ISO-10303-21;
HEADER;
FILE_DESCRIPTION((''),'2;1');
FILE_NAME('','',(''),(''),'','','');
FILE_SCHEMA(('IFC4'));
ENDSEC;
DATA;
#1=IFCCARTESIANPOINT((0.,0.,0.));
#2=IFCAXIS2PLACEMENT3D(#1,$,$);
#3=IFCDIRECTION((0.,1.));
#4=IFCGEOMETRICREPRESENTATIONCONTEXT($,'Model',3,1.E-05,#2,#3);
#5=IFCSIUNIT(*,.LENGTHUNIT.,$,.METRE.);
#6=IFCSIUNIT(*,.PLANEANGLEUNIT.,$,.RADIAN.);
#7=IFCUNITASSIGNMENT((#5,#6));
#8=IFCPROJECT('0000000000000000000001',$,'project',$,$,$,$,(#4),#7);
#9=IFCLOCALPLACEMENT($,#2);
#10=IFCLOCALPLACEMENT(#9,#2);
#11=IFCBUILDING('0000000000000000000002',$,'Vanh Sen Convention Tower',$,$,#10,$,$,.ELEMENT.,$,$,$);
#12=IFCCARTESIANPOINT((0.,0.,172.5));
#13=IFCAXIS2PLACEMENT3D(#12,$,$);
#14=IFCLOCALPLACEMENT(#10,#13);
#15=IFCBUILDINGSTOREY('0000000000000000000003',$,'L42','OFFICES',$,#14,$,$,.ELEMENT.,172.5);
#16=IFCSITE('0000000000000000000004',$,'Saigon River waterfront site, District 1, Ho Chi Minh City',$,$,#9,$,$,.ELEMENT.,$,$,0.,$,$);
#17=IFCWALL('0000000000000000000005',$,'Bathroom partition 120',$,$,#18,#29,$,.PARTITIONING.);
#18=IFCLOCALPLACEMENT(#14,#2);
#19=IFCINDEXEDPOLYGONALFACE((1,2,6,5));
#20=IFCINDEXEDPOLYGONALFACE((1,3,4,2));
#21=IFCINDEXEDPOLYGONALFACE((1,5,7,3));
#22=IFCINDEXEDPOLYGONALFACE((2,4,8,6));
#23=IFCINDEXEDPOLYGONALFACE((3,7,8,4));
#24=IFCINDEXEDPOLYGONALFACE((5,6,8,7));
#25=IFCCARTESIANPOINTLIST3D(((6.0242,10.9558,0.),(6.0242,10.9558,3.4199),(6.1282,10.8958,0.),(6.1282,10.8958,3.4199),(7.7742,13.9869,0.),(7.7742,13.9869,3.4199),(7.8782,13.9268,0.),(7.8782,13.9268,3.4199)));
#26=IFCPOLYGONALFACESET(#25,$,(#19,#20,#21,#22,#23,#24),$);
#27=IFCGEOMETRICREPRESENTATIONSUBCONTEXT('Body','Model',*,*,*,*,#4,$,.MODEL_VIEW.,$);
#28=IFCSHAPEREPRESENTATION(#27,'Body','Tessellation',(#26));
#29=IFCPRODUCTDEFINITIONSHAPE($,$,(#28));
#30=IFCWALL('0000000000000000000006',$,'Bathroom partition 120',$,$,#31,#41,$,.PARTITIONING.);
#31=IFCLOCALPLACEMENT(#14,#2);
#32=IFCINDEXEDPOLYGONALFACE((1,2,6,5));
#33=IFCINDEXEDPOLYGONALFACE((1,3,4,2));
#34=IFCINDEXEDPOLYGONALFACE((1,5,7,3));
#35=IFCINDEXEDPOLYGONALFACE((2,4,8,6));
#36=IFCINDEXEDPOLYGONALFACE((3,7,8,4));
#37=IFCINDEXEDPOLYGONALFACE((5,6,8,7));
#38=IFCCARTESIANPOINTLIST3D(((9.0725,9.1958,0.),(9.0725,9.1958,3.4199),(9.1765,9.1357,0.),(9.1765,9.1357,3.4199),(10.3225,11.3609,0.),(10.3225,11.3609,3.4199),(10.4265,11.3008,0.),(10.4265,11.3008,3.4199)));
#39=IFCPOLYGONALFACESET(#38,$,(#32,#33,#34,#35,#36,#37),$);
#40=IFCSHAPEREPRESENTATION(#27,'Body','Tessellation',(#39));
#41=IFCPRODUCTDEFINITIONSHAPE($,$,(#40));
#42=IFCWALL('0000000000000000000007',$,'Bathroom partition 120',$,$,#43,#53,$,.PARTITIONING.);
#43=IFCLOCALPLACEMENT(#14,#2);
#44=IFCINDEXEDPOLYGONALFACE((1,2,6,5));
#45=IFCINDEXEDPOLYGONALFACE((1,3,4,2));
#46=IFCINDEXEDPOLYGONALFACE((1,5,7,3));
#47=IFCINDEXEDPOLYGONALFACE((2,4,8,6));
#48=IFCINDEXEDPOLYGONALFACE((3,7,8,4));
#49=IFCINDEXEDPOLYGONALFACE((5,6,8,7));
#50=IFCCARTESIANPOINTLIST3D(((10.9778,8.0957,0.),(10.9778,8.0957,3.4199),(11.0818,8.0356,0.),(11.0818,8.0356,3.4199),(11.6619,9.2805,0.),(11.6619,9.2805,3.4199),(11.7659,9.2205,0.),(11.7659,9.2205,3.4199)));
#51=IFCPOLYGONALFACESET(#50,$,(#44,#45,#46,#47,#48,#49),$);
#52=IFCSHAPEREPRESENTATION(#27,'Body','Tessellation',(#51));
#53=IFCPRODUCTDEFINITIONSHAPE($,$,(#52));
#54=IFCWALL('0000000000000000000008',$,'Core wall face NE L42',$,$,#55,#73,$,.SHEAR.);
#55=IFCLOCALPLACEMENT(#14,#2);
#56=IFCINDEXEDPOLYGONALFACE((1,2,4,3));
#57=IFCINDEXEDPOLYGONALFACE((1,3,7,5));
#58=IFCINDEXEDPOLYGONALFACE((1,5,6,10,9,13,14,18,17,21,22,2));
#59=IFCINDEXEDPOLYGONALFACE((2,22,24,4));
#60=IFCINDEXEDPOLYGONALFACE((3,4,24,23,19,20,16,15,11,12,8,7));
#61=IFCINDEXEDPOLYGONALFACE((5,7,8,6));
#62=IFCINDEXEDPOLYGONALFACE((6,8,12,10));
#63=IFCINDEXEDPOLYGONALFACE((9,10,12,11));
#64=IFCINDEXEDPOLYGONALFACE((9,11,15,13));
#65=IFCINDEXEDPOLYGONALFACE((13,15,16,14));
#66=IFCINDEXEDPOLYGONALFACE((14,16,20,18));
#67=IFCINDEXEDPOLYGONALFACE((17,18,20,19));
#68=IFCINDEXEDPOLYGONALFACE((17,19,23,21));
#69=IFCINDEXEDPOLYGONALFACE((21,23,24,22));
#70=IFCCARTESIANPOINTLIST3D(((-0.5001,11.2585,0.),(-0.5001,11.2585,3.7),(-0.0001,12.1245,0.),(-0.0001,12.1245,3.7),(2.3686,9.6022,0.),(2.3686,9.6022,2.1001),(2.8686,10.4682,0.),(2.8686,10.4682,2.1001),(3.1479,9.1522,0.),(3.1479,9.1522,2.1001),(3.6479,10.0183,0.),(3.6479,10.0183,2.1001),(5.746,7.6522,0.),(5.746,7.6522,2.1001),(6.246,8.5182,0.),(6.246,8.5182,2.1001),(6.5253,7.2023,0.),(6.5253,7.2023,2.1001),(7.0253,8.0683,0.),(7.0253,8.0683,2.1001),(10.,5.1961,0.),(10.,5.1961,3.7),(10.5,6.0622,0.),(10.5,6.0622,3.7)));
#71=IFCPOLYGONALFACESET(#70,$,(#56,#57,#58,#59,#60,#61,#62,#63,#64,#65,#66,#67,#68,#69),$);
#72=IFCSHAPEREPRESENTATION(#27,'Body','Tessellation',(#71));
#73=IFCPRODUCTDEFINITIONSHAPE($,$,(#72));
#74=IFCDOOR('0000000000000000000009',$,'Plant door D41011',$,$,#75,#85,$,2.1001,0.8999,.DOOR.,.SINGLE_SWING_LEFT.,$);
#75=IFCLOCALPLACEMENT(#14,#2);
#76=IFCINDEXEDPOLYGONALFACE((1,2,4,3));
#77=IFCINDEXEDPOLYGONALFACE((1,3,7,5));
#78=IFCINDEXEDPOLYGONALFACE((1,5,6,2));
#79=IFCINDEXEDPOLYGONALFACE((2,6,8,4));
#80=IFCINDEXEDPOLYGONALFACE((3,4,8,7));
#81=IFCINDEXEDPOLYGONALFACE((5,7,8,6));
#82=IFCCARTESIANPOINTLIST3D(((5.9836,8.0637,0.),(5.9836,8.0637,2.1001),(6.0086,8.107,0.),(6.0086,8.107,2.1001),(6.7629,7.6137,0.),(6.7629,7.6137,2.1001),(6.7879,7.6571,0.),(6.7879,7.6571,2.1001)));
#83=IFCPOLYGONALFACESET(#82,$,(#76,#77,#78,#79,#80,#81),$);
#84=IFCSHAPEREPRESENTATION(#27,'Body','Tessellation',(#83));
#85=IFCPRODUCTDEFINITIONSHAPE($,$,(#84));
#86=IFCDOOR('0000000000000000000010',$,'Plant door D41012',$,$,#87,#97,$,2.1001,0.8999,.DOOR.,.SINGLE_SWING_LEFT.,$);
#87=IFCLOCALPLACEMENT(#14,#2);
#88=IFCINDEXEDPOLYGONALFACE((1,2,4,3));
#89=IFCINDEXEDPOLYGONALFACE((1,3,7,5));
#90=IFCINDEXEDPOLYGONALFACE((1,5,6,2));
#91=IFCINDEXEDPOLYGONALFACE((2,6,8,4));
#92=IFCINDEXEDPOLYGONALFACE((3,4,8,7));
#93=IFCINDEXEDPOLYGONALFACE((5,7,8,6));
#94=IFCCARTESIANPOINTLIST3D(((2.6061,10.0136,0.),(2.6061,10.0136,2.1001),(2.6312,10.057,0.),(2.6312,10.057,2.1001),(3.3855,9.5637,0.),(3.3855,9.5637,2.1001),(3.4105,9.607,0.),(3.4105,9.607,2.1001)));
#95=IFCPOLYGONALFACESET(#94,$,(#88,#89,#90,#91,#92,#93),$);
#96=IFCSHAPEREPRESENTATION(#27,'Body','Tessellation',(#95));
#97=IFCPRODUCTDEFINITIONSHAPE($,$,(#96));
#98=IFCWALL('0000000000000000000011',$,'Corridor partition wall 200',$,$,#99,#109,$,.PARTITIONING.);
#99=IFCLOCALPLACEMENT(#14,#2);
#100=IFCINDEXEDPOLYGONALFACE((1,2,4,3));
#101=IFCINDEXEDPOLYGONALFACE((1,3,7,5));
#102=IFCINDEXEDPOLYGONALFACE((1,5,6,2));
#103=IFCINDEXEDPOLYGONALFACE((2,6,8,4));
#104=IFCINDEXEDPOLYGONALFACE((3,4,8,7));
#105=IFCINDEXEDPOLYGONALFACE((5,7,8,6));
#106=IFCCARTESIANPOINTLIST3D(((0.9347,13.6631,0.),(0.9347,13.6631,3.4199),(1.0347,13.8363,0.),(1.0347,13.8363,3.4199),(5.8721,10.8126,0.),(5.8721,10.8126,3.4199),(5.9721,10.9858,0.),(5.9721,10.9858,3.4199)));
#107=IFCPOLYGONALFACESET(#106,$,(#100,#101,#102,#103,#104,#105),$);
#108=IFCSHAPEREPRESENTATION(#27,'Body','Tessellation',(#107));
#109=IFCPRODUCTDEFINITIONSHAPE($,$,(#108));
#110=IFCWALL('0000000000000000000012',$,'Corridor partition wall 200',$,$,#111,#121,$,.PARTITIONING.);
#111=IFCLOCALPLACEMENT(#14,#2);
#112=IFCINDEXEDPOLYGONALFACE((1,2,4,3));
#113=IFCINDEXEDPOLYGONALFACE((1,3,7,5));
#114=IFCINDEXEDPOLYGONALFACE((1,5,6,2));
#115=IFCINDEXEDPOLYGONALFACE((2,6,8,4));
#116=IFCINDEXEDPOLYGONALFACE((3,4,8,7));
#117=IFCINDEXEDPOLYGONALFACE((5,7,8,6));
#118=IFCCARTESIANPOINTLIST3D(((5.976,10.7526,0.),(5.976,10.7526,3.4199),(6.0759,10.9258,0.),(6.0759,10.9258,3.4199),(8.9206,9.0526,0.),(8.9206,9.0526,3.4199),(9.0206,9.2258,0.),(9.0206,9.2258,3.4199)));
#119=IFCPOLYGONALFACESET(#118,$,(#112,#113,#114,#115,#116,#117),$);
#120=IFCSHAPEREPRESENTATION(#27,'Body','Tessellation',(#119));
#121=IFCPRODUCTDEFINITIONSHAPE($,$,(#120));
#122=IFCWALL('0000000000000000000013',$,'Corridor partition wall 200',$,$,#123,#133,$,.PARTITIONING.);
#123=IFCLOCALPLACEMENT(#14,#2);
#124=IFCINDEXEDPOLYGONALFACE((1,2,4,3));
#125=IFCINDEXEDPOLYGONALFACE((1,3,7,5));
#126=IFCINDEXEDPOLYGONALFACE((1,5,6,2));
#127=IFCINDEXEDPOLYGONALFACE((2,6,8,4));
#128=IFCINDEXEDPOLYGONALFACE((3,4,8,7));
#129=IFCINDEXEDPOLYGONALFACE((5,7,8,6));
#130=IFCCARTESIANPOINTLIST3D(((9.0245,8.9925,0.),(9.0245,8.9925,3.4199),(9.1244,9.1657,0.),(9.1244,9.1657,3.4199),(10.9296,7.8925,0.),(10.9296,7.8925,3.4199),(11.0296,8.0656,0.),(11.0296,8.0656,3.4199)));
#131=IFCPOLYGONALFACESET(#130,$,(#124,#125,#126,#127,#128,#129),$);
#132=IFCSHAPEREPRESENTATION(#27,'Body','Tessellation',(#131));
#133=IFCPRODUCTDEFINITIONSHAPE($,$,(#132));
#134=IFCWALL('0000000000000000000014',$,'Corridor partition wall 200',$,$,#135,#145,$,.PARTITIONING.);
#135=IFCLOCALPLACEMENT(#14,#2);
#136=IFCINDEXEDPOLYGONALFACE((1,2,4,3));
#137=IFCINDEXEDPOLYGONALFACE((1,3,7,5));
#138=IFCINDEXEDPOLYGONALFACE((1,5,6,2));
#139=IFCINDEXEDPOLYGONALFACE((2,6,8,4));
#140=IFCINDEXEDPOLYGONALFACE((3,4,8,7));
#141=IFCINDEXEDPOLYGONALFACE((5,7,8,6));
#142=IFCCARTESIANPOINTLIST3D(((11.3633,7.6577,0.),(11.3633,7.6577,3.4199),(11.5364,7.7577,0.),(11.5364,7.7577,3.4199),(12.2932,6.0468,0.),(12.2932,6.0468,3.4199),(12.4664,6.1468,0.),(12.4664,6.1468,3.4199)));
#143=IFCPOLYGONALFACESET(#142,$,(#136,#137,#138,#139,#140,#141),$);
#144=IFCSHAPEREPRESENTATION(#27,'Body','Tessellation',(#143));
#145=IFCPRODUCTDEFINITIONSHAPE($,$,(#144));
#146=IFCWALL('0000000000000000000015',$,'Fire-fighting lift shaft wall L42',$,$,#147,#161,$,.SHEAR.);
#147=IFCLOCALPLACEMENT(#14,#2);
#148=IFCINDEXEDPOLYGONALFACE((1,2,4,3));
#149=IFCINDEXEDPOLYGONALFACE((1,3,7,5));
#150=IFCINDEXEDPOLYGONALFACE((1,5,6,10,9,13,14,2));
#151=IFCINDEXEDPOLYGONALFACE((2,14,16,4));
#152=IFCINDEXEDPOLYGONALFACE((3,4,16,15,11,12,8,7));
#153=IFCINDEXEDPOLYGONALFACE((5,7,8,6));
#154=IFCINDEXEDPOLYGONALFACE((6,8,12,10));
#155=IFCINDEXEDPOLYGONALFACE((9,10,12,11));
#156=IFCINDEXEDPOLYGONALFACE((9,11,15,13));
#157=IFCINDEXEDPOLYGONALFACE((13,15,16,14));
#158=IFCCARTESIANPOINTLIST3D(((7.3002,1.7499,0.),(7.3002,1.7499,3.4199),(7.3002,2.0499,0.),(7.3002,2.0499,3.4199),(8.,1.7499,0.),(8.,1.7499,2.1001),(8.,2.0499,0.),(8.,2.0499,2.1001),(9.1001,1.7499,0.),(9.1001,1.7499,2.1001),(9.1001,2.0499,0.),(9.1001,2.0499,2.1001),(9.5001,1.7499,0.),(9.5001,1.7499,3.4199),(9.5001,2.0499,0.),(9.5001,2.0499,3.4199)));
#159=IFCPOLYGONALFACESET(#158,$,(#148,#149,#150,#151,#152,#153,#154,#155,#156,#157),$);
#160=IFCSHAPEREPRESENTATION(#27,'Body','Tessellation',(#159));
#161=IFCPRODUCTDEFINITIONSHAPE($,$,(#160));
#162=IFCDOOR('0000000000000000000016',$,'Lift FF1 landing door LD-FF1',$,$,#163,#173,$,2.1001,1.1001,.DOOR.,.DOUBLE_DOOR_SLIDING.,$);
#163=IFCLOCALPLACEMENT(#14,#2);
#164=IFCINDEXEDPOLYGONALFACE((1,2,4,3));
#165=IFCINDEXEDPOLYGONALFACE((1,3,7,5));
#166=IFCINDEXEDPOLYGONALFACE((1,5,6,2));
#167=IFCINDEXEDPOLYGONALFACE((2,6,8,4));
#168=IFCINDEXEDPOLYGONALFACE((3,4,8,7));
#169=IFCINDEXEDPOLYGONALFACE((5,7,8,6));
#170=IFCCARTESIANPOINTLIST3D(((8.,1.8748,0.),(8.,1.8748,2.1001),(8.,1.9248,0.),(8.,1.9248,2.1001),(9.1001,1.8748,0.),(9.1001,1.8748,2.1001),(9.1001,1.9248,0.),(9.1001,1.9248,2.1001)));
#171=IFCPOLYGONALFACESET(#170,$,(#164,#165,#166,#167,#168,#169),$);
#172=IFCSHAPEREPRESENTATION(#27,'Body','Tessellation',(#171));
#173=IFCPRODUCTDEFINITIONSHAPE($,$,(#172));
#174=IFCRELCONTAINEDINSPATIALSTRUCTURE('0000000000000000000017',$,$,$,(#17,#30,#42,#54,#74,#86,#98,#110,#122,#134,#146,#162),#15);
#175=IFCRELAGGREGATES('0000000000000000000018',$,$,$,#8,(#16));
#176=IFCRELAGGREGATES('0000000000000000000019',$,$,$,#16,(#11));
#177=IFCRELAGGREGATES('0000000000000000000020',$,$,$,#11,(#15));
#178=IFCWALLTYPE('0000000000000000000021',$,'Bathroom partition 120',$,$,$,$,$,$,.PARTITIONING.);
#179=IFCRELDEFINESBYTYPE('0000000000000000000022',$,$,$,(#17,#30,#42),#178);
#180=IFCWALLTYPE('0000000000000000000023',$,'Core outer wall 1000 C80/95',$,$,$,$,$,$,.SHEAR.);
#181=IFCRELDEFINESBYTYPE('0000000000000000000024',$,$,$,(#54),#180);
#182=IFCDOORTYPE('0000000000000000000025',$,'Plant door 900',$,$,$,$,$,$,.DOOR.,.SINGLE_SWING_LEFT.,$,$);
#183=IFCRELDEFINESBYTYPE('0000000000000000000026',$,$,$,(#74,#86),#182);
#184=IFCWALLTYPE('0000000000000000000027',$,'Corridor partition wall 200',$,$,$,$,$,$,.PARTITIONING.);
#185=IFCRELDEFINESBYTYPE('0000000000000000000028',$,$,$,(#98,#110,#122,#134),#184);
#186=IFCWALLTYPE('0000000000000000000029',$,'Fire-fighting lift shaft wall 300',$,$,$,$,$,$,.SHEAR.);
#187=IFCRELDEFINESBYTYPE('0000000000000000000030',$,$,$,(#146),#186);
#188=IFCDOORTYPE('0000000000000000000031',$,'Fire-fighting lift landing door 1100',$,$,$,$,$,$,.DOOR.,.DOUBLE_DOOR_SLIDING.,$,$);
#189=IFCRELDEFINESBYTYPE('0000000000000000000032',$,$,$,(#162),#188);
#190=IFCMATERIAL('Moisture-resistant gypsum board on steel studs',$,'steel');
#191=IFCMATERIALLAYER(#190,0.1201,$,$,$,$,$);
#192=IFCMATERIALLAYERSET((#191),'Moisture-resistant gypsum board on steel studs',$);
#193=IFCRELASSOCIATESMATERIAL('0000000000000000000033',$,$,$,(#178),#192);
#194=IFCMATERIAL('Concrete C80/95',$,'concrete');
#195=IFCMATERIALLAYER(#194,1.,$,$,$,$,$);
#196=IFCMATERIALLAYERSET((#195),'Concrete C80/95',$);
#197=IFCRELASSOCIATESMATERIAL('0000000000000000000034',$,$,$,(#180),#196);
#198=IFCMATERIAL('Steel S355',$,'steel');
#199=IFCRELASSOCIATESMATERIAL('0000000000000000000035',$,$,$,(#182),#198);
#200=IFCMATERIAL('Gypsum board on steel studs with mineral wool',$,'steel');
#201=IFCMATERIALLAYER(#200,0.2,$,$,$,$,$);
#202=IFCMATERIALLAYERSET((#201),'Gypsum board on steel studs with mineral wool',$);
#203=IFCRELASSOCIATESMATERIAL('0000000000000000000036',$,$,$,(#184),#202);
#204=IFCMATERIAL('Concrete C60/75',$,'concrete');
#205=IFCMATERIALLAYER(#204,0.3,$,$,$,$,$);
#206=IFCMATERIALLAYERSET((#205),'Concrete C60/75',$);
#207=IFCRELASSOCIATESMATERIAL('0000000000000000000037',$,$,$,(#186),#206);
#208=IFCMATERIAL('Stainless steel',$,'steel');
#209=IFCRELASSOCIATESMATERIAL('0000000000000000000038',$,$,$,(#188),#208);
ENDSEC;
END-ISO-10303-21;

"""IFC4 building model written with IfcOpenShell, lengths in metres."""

from ifc_helpers import new_model, si_unit, direction, frame, frame_2d, origin, place, context, subcontext, project, spatial, rectangle, extrude, material, layer, layer_set, type_object, element, fill, save


model = new_model("IFC4")

# Units and contexts
model_context = context("Model", 3, precision=1e-05, world=origin(), true_north=direction((0.0, 1.0)))
body_context = subcontext(model_context, "Body", "Model", "MODEL_VIEW")
ifc_project = project(units=[si_unit("LENGTHUNIT", "METRE"), si_unit("PLANEANGLEUNIT", "RADIAN")], contexts=[model_context])

# Site, building, storey
site_placement = place(None, origin())
site = spatial("IfcSite", under=ifc_project, at=site_placement, Name="Saigon River waterfront site, District 1, Ho Chi Minh City", CompositionType="ELEMENT", RefElevation=0.0)
building_placement = place(site_placement, origin())
building = spatial("IfcBuilding", under=site, at=building_placement, Name="Vanh Sen Convention Tower", CompositionType="ELEMENT")
storey_placement = place(building_placement, frame((0.0, 0.0, 172.5)))
storey = spatial("IfcBuildingStorey", under=building, at=storey_placement, Name="L42", Description="OFFICES", CompositionType="ELEMENT", Elevation=172.5)

# Walls
ifc_material_1 = material(Name="Moisture-resistant gypsum board on steel studs", Category="steel")
ifc_layer_1 = layer(ifc_material_1, 0.1201)
ifc_layer_set_1 = layer_set([ifc_layer_1], Name="Moisture-resistant gypsum board on steel studs")
wall_type_1 = type_object("IfcWallType", Name="Bathroom partition 120", PredefinedType="PARTITIONING", material=ifc_layer_set_1)
wall_1_placement = place(storey_placement, frame((6.0762, 10.9258, 0.0), z_axis=(0.0, 0.0, 1.0), x_axis=(0.50001, 0.866019, 0.0)))
element("IfcWall", 1, at=wall_1_placement, inside=storey, type_object=wall_type_1, Name="Bathroom partition 120", PredefinedType="PARTITIONING", context=body_context, shape_type="SweptSolid", body=[
    extrude(rectangle(XDim=3.5, YDim=0.1201, at=frame_2d((1.75, 0.0))), origin(), (0.0, 0.0, 1.0), 3.4199),
])
wall_2_placement = place(storey_placement, frame((9.1245, 9.1658, 0.0), z_axis=(0.0, 0.0, 1.0), x_axis=(0.500004, 0.866023, 0.0)))
element("IfcWall", 2, at=wall_2_placement, inside=storey, type_object=wall_type_1, Name="Bathroom partition 120", PredefinedType="PARTITIONING", context=body_context, shape_type="SweptSolid", body=[
    extrude(rectangle(XDim=2.5, YDim=0.1201, at=frame_2d((1.25, 0.0))), origin(), (0.0, 0.0, 1.0), 3.4199),
])
wall_3_placement = place(storey_placement, frame((11.7139, 9.2505, 0.0), z_axis=(0.0, 0.0, 1.0), x_axis=(-0.500016, -0.866016, 0.0)))
element("IfcWall", 3, at=wall_3_placement, inside=storey, type_object=wall_type_1, Name="Bathroom partition 120", PredefinedType="PARTITIONING", context=body_context, shape_type="SweptSolid", body=[
    extrude(rectangle(XDim=1.3682, YDim=0.1201, at=frame_2d((0.6841, 0.0))), origin(), (0.0, 0.0, 1.0), 3.4199),
])

# Wall, openings, doors
ifc_material_2 = material(Name="Concrete C80/95", Category="concrete")
ifc_layer_2 = layer(ifc_material_2, 1.0)
ifc_layer_set_2 = layer_set([ifc_layer_2], Name="Concrete C80/95")
wall_type_2 = type_object("IfcWallType", Name="Core outer wall 1000 C80/95", PredefinedType="SHEAR", material=ifc_layer_set_2)
wall_4_placement = place(storey_placement, frame((10.25, 5.6292, 0.0), z_axis=(0.0, 0.0, 1.0), x_axis=(-0.866023, 0.500005, 0.0)))
wall_4 = element("IfcWall", 4, at=wall_4_placement, inside=storey, type_object=wall_type_2, Name="Core wall face NE L42", PredefinedType="SHEAR", context=body_context, shape_type="SweptSolid", body=[
    extrude(rectangle(XDim=12.1245, YDim=1.0, at=frame_2d((6.0623, 0.0))), origin(), (0.0, 0.0, 1.0), 3.7),
])
opening_1_placement = place(wall_4_placement, frame((4.0122, 0.0, 0.0)))
opening_1 = element("IfcOpeningElement", 5, at=opening_1_placement, cuts=wall_4, PredefinedType="OPENING", context=body_context, shape_type="SweptSolid", body=[
    extrude(rectangle(XDim=0.8999, YDim=2.1001, at=frame_2d((0.45, 1.05))), frame((0.0, 0.51, 0.0), z_axis=(0.0, -1.0, 0.0), x_axis=(1.0, 0.0, 0.0)), (0.0, 0.0, 1.0), 1.02),
])
opening_2_placement = place(wall_4_placement, frame((7.9121, 0.0, 0.0)))
opening_2 = element("IfcOpeningElement", 6, at=opening_2_placement, cuts=wall_4, PredefinedType="OPENING", context=body_context, shape_type="SweptSolid", body=[
    extrude(rectangle(XDim=0.8999, YDim=2.1001, at=frame_2d((0.45, 1.05))), frame((0.0, 0.51, 0.0), z_axis=(0.0, -1.0, 0.0), x_axis=(1.0, 0.0, 0.0)), (0.0, 0.0, 1.0), 1.02),
])
ifc_material_3 = material(Name="Steel S355", Category="steel")
door_type_1 = type_object("IfcDoorType", Name="Plant door 900", OperationType="SINGLE_SWING_LEFT", PredefinedType="DOOR", material=ifc_material_3)
door_1_placement = place(opening_1_placement, origin())
door_1 = element("IfcDoor", 7, at=door_1_placement, inside=storey, type_object=door_type_1, Name="Plant door D41011", OperationType="SINGLE_SWING_LEFT", OverallHeight=2.1001, OverallWidth=0.8999, PredefinedType="DOOR", context=body_context, shape_type="SweptSolid", body=[
    extrude(rectangle(XDim=0.8999, YDim=2.1001, at=frame_2d((0.45, 1.05))), frame((0.0, 0.0249, 0.0), z_axis=(0.0, -1.0, 0.0), x_axis=(1.0, 0.0, 0.0)), (0.0, 0.0, 1.0), 0.05),
])
fill(opening_1, door_1)
door_2_placement = place(opening_2_placement, origin())
door_2 = element("IfcDoor", 8, at=door_2_placement, inside=storey, type_object=door_type_1, Name="Plant door D41012", OperationType="SINGLE_SWING_LEFT", OverallHeight=2.1001, OverallWidth=0.8999, PredefinedType="DOOR", context=body_context, shape_type="SweptSolid", body=[
    extrude(rectangle(XDim=0.8999, YDim=2.1001, at=frame_2d((0.45, 1.05))), frame((0.0, 0.0249, 0.0), z_axis=(0.0, -1.0, 0.0), x_axis=(1.0, 0.0, 0.0)), (0.0, 0.0, 1.0), 0.05),
])
fill(opening_2, door_2)

# Walls
ifc_material_4 = material(Name="Gypsum board on steel studs with mineral wool", Category="steel")
ifc_layer_3 = layer(ifc_material_4, 0.2)
ifc_layer_set_3 = layer_set([ifc_layer_3], Name="Gypsum board on steel studs with mineral wool")
wall_type_3 = type_object("IfcWallType", Name="Corridor partition wall 200", PredefinedType="PARTITIONING", material=ifc_layer_set_3)
wall_5_placement = place(storey_placement, frame((5.9221, 10.8992, 0.0), z_axis=(0.0, 0.0, 1.0), x_axis=(-0.866032, 0.499989, 0.0)))
element("IfcWall", 9, at=wall_5_placement, inside=storey, type_object=wall_type_3, Name="Corridor partition wall 200", PredefinedType="PARTITIONING", context=body_context, shape_type="SweptSolid", body=[
    extrude(rectangle(XDim=5.7012, YDim=0.2, at=frame_2d((2.8506, 0.0))), origin(), (0.0, 0.0, 1.0), 3.4199),
])
wall_6_placement = place(storey_placement, frame((8.9707, 9.1392, 0.0), z_axis=(0.0, 0.0, 1.0), x_axis=(-0.866039, 0.499977, 0.0)))
element("IfcWall", 10, at=wall_6_placement, inside=storey, type_object=wall_type_3, Name="Corridor partition wall 200", PredefinedType="PARTITIONING", context=body_context, shape_type="SweptSolid", body=[
    extrude(rectangle(XDim=3.4001, YDim=0.2, at=frame_2d((1.7002, 0.0))), origin(), (0.0, 0.0, 1.0), 3.4199),
])
wall_7_placement = place(storey_placement, frame((10.9797, 7.979, 0.0), z_axis=(0.0, 0.0, 1.0), x_axis=(-0.866008, 0.50003, 0.0)))
element("IfcWall", 11, at=wall_7_placement, inside=storey, type_object=wall_type_3, Name="Corridor partition wall 200", PredefinedType="PARTITIONING", context=body_context, shape_type="SweptSolid", body=[
    extrude(rectangle(XDim=2.2, YDim=0.2, at=frame_2d((1.1001, 0.0))), origin(), (0.0, 0.0, 1.0), 3.4199),
])
wall_8_placement = place(storey_placement, frame((12.3799, 6.0967, 0.0), z_axis=(0.0, 0.0, 1.0), x_axis=(-0.499965, 0.866046, 0.0)))
element("IfcWall", 12, at=wall_8_placement, inside=storey, type_object=wall_type_3, Name="Corridor partition wall 200", PredefinedType="PARTITIONING", context=body_context, shape_type="SweptSolid", body=[
    extrude(rectangle(XDim=1.8601, YDim=0.2, at=frame_2d((0.9302, 0.0))), origin(), (0.0, 0.0, 1.0), 3.4199),
])

# Wall, opening, door
ifc_material_5 = material(Name="Concrete C60/75", Category="concrete")
ifc_layer_4 = layer(ifc_material_5, 0.3)
ifc_layer_set_4 = layer_set([ifc_layer_4], Name="Concrete C60/75")
wall_type_4 = type_object("IfcWallType", Name="Fire-fighting lift shaft wall 300", PredefinedType="SHEAR", material=ifc_layer_set_4)
wall_9_placement = place(storey_placement, frame((7.3, 1.8999, 0.0), z_axis=(0.0, 0.0, 1.0), x_axis=(1.0, 0.0, 0.0)))
wall_9 = element("IfcWall", 13, at=wall_9_placement, inside=storey, type_object=wall_type_4, Name="Fire-fighting lift shaft wall L42", PredefinedType="SHEAR", context=body_context, shape_type="SweptSolid", body=[
    extrude(rectangle(XDim=2.2, YDim=0.3, at=frame_2d((1.1001, 0.0))), origin(), (0.0, 0.0, 1.0), 3.4199),
])
opening_3_placement = place(wall_9_placement, frame((0.7, 0.0, 0.0)))
opening_3 = element("IfcOpeningElement", 14, at=opening_3_placement, cuts=wall_9, PredefinedType="OPENING", context=body_context, shape_type="SweptSolid", body=[
    extrude(rectangle(XDim=1.1001, YDim=2.1001, at=frame_2d((0.55, 1.05))), frame((0.0, 0.1599, 0.0), z_axis=(0.0, -1.0, 0.0), x_axis=(1.0, 0.0, 0.0)), (0.0, 0.0, 1.0), 0.3201),
])
ifc_material_6 = material(Name="Stainless steel", Category="steel")
door_type_2 = type_object("IfcDoorType", Name="Fire-fighting lift landing door 1100", OperationType="DOUBLE_DOOR_SLIDING", PredefinedType="DOOR", material=ifc_material_6)
door_3_placement = place(opening_3_placement, origin())
door_3 = element("IfcDoor", 15, at=door_3_placement, inside=storey, type_object=door_type_2, Name="Lift FF1 landing door LD-FF1", OperationType="DOUBLE_DOOR_SLIDING", OverallHeight=2.1001, OverallWidth=1.1001, PredefinedType="DOOR", context=body_context, shape_type="SweptSolid", body=[
    extrude(rectangle(XDim=1.1001, YDim=2.1001, at=frame_2d((0.55, 1.05))), frame((0.0, 0.0249, 0.0), z_axis=(0.0, -1.0, 0.0), x_axis=(1.0, 0.0, 0.0)), (0.0, 0.0, 1.0), 0.05),
])
fill(opening_3, door_3)

save(model, "model.ifc")
